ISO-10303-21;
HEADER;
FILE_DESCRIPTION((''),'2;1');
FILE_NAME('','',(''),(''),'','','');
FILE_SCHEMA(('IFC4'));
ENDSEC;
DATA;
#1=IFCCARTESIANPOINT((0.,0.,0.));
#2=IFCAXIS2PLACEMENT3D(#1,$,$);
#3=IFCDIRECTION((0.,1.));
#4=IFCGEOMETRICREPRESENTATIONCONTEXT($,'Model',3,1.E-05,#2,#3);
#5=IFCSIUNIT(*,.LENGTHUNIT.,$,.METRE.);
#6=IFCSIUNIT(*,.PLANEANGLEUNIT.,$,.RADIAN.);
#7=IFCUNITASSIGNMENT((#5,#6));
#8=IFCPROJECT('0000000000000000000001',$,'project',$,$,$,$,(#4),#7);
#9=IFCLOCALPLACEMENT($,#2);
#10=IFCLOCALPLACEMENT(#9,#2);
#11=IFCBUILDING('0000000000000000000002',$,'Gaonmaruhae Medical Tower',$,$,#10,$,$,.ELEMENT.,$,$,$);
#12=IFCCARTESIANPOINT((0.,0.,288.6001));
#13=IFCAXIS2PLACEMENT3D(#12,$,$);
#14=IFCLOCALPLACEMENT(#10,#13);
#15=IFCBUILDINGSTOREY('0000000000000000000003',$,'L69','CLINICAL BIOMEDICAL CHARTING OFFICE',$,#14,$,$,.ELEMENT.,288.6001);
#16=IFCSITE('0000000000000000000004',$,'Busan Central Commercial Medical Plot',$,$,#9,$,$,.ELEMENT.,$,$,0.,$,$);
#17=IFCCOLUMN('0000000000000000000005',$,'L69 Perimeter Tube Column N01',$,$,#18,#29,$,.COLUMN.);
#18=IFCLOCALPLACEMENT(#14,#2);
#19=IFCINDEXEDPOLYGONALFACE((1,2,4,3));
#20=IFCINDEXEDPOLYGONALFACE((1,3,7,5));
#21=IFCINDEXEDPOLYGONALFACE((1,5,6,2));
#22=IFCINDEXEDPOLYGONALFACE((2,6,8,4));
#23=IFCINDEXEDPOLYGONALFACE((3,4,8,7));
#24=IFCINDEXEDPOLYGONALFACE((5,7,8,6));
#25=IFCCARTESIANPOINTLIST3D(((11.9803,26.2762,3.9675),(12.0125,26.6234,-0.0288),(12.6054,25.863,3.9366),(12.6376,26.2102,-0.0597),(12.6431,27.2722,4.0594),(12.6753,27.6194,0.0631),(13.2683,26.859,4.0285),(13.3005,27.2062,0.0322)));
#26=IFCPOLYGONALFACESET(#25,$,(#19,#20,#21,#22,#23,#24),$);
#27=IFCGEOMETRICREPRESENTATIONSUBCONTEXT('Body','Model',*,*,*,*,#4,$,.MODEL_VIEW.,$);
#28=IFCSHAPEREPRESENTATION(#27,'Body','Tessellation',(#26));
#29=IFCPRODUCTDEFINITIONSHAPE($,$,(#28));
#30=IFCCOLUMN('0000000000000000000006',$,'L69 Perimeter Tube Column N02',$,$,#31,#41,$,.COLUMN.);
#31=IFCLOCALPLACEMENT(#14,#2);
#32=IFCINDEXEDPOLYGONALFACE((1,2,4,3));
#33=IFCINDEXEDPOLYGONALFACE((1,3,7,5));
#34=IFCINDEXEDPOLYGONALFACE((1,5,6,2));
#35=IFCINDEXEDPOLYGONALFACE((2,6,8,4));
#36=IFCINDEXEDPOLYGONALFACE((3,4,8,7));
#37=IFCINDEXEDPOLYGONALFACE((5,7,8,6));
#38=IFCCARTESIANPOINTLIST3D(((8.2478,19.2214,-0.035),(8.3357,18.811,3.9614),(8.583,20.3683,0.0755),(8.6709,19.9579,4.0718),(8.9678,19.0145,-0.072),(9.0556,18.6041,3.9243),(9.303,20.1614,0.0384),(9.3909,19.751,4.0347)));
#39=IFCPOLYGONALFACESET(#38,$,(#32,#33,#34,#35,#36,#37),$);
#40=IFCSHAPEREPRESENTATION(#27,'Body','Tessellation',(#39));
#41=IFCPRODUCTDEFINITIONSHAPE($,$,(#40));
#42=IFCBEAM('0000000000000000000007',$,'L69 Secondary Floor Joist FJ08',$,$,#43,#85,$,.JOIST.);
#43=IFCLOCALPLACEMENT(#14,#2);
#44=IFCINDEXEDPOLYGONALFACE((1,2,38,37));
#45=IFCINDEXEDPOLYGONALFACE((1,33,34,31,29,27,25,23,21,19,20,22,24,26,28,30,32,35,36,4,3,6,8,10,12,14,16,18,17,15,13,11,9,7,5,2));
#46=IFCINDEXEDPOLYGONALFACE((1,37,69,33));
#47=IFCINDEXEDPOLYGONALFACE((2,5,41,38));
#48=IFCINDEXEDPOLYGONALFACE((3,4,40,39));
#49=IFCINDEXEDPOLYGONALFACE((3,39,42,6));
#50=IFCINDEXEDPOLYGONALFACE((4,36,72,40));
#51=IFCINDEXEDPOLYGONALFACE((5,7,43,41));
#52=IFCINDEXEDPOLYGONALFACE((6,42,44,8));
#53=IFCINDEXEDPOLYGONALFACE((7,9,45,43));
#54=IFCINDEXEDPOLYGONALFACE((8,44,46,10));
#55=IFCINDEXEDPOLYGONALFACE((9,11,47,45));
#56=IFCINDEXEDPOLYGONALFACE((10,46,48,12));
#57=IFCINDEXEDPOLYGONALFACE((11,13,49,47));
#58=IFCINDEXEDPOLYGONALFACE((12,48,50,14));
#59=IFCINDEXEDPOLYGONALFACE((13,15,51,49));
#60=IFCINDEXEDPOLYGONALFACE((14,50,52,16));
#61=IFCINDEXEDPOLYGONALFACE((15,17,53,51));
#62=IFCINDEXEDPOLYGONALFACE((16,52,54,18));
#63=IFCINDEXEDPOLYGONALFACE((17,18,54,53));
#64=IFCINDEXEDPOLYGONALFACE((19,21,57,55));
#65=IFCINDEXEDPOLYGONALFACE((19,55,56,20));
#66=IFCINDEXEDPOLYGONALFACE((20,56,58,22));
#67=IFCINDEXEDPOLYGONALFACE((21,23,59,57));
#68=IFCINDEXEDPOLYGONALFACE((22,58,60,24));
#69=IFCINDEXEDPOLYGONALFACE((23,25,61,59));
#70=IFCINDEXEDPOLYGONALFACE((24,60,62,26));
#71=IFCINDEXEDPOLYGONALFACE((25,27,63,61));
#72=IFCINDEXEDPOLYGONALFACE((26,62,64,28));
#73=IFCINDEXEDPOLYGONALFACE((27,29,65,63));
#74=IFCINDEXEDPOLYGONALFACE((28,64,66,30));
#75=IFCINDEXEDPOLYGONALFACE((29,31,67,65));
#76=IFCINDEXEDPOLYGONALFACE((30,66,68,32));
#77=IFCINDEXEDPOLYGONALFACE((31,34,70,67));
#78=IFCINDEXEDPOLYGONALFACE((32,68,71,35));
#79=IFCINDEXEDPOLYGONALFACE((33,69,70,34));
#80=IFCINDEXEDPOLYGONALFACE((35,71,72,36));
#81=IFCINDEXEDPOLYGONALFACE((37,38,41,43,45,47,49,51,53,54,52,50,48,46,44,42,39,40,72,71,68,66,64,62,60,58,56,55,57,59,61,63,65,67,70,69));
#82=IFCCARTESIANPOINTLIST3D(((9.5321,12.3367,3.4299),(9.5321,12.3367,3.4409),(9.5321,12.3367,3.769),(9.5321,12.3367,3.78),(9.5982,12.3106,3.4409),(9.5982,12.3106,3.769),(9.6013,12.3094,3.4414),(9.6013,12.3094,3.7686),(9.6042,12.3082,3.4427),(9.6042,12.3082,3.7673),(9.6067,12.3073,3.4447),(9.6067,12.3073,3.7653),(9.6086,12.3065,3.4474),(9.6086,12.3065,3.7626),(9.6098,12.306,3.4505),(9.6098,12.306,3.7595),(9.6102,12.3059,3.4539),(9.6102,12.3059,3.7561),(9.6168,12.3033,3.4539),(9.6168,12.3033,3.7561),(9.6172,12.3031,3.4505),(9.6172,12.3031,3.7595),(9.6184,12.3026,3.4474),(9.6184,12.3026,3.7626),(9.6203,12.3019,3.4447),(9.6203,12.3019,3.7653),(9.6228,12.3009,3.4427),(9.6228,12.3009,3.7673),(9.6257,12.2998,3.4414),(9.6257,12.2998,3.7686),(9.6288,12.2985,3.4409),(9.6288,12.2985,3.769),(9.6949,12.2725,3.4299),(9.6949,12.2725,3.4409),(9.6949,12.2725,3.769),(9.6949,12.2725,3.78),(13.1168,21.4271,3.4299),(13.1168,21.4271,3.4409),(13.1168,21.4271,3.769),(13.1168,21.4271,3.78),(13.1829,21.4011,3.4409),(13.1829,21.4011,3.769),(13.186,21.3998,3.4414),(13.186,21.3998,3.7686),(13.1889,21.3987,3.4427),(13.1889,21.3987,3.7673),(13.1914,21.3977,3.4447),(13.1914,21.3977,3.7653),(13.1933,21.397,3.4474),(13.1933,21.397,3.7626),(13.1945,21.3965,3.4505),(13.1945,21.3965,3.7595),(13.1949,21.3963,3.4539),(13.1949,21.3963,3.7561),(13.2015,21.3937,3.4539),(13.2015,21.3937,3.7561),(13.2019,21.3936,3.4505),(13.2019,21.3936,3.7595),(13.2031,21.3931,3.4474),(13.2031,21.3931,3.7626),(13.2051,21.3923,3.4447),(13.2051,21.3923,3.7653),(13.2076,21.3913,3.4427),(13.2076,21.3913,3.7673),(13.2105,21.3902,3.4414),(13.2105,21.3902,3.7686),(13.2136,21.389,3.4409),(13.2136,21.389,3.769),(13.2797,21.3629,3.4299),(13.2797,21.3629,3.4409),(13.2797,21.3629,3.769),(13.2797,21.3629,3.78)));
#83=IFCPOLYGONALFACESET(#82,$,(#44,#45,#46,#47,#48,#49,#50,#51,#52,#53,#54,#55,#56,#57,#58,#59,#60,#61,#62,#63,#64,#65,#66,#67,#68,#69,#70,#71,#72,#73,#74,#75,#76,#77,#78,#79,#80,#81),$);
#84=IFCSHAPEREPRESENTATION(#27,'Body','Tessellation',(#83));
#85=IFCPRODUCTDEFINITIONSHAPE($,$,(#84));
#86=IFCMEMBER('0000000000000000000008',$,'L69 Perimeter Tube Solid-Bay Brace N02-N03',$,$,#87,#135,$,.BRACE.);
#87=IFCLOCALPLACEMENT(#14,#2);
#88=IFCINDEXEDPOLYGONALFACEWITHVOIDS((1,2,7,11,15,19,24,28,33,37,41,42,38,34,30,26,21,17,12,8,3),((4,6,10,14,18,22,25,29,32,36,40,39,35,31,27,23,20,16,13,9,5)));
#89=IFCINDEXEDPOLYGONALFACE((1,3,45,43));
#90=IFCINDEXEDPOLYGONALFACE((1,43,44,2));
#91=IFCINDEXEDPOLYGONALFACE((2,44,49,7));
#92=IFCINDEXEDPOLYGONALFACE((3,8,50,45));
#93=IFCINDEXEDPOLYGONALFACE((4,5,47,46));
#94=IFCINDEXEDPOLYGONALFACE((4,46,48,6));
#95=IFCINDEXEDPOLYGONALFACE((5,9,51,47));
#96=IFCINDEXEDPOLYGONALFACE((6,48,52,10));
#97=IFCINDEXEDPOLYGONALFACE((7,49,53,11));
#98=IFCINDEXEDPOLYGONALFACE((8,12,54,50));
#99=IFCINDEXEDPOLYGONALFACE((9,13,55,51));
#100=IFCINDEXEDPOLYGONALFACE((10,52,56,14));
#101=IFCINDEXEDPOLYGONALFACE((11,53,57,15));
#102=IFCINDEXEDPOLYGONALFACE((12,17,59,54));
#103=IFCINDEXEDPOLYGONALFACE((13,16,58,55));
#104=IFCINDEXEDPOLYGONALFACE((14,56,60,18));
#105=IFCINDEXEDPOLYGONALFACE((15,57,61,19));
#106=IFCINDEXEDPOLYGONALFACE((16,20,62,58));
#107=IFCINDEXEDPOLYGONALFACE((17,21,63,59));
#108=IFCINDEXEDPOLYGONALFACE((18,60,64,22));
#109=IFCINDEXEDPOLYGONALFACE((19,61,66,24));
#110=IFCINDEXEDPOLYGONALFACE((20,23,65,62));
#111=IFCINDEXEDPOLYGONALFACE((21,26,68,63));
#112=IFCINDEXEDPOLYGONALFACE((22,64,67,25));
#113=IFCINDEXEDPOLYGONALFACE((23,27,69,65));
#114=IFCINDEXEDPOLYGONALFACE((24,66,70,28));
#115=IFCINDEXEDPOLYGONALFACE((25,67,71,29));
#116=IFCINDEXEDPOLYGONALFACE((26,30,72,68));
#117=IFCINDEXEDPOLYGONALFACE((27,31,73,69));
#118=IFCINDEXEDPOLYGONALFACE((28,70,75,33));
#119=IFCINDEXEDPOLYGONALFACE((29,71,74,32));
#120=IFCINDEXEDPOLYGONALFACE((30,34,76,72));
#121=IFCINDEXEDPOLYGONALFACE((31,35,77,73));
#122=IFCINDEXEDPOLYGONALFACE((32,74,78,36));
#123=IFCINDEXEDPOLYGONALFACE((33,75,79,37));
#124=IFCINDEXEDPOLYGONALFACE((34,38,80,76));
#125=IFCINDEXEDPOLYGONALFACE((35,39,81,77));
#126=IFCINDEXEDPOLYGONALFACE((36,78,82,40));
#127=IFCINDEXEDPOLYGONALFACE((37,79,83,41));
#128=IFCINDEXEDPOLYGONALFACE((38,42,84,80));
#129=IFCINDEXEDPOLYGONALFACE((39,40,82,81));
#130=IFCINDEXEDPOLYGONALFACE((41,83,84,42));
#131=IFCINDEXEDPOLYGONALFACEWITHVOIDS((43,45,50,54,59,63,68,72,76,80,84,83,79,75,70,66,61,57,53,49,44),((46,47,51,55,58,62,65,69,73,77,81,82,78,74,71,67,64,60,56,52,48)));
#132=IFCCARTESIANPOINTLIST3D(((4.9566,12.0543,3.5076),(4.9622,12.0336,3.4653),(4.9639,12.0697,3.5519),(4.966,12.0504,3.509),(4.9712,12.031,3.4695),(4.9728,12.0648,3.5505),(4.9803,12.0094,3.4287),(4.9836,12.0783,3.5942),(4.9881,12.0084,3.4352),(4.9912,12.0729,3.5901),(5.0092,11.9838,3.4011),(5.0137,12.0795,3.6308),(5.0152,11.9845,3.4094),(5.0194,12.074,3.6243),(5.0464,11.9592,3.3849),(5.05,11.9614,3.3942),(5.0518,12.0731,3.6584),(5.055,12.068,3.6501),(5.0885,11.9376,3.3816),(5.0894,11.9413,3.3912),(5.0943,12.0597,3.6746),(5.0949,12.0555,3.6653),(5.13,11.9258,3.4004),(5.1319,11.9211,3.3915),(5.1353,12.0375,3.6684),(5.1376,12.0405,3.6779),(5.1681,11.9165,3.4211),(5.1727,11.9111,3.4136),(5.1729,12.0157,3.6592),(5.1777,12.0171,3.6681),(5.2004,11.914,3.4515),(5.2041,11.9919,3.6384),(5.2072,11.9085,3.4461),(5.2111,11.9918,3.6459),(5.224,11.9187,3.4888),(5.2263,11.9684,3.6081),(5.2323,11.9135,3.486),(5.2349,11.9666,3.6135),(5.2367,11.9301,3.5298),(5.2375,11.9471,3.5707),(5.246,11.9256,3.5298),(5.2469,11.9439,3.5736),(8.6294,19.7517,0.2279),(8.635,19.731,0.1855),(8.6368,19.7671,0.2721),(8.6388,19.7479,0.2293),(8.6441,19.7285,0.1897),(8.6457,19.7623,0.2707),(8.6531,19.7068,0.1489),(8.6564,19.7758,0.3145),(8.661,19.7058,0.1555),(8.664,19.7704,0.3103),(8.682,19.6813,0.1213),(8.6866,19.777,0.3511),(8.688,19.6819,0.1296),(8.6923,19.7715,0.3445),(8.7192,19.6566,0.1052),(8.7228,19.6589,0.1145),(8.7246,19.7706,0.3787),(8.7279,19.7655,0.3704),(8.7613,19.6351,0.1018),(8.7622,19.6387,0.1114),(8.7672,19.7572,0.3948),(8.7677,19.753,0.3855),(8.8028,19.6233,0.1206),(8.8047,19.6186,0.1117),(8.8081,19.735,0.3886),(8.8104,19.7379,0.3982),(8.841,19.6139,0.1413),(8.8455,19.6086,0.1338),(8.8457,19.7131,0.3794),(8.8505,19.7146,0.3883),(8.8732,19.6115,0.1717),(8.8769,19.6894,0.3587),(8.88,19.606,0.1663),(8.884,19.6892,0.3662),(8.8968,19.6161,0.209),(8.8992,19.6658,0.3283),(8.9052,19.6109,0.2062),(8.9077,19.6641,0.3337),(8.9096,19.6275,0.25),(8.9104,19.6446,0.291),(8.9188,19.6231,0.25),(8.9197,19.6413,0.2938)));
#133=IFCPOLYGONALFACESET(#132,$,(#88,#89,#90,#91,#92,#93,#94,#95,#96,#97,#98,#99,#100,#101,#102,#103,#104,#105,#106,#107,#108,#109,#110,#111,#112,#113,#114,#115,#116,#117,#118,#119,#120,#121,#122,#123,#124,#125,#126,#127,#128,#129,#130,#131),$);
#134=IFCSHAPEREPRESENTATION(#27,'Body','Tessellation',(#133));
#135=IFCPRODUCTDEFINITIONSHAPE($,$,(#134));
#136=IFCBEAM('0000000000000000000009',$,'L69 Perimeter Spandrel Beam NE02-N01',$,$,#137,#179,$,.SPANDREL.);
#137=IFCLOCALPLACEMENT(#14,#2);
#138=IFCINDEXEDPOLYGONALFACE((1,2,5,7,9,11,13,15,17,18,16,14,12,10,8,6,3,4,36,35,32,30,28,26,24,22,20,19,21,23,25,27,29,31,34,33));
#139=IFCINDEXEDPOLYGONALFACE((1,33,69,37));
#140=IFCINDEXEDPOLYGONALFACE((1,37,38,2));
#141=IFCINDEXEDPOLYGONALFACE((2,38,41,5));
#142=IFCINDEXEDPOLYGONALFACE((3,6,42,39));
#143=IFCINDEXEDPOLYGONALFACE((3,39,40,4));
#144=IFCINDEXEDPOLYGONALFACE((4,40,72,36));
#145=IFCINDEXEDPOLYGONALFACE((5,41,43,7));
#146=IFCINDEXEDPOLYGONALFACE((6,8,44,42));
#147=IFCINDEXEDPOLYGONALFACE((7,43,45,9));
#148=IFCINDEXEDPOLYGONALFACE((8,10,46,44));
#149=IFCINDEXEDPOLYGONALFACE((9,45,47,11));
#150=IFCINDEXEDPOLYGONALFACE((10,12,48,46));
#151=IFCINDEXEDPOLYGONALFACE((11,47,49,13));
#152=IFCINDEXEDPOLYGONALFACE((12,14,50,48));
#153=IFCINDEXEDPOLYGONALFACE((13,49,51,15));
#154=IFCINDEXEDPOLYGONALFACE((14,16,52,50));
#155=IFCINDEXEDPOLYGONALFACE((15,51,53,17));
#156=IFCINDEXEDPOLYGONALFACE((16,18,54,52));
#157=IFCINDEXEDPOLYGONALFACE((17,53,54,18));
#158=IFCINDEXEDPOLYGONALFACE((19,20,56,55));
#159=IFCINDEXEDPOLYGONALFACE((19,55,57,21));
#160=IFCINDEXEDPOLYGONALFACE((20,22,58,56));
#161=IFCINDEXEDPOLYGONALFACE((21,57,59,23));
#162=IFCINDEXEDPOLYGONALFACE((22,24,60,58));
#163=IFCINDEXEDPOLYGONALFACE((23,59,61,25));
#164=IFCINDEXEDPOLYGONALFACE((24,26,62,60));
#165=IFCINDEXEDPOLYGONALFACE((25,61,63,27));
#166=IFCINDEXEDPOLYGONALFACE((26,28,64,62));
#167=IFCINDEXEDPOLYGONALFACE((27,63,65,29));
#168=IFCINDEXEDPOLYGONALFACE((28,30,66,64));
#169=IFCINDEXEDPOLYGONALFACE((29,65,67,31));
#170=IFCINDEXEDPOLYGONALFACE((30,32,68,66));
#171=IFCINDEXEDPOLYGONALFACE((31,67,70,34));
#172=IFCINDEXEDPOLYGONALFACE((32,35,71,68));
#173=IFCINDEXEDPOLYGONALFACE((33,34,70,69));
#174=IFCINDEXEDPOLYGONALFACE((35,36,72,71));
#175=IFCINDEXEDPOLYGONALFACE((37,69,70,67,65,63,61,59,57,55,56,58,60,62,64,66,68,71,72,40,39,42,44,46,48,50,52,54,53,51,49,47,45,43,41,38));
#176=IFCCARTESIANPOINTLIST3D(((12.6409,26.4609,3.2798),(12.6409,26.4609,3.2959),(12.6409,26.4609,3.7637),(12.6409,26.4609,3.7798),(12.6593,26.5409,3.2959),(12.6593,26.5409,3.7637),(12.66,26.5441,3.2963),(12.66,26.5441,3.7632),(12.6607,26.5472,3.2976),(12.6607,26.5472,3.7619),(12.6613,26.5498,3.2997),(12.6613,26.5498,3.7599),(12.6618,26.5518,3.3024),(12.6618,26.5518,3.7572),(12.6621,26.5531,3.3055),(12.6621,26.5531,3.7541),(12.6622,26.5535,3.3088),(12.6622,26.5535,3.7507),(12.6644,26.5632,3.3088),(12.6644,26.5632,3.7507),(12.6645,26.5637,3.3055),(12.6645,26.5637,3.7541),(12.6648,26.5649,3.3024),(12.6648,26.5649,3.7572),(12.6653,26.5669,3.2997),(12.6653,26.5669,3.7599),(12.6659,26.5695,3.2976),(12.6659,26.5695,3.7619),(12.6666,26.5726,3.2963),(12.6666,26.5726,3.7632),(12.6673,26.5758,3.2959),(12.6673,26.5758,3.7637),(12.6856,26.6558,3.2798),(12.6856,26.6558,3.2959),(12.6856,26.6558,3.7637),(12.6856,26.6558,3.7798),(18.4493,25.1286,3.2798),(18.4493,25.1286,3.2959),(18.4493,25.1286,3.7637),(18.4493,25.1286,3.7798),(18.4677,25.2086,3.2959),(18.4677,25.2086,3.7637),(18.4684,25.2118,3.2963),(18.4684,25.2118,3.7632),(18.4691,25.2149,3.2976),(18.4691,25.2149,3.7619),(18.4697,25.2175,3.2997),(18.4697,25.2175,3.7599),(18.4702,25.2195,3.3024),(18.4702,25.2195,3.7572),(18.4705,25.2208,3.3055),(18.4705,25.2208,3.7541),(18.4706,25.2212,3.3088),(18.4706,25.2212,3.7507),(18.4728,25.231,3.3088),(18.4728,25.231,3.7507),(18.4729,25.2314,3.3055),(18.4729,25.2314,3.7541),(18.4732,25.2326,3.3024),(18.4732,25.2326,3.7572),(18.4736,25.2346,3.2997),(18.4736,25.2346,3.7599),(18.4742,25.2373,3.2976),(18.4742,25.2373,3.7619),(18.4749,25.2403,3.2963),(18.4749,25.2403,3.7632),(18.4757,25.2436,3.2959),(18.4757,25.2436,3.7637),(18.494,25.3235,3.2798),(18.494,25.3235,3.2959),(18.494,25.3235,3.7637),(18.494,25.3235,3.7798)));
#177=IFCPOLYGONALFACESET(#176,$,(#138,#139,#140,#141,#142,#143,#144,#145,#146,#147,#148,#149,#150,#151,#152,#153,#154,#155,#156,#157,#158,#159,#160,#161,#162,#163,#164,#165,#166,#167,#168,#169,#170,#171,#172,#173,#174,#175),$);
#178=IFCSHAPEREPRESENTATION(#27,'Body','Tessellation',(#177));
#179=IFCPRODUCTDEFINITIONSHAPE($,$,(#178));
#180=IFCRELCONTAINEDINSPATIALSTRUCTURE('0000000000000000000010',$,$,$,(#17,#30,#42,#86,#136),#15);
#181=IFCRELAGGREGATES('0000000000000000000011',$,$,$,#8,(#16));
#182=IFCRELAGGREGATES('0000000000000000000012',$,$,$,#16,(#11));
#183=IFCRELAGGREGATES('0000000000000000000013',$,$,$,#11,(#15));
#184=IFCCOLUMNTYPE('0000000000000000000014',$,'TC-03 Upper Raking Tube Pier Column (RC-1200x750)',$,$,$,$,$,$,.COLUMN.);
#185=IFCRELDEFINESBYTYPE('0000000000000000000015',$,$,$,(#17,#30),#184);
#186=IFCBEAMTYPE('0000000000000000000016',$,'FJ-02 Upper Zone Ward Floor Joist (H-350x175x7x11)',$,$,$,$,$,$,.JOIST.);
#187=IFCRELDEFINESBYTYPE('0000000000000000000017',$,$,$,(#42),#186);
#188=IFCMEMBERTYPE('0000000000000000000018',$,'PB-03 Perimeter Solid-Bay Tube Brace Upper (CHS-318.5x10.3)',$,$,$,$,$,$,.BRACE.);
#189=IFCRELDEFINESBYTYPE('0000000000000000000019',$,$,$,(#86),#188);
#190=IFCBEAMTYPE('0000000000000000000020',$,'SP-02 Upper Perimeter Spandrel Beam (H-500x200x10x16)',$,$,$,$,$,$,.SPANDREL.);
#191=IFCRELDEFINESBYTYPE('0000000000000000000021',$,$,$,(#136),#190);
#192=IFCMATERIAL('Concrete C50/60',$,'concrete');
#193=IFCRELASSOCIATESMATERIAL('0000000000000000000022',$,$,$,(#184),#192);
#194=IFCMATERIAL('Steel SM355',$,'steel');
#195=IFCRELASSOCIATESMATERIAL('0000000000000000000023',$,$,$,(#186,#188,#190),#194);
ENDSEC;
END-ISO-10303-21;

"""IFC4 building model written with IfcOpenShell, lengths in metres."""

from ifc_helpers import new_model, si_unit, direction, frame, origin, origin_2d, place, context, subcontext, project, spatial, rectangle, hollow_circle, i_section, extrude, material, material_profile, profile_set, type_object, element, save


model = new_model("IFC4")

# Units and contexts
model_context = context("Model", 3, precision=1e-05, world=origin(), true_north=direction((0.0, 1.0)))
body_context = subcontext(model_context, "Body", "Model", "MODEL_VIEW")
ifc_project = project(units=[si_unit("LENGTHUNIT", "METRE"), si_unit("PLANEANGLEUNIT", "RADIAN")], contexts=[model_context])

# Site, building, storey
site_placement = place(None, origin())
site = spatial("IfcSite", under=ifc_project, at=site_placement, Name="Busan Central Commercial Medical Plot", CompositionType="ELEMENT", RefElevation=0.0)
building_placement = place(site_placement, origin())
building = spatial("IfcBuilding", under=site, at=building_placement, Name="Gaonmaruhae Medical Tower", CompositionType="ELEMENT")
storey_placement = place(building_placement, frame((0.0, 0.0, 288.6001)))
storey = spatial("IfcBuildingStorey", under=building, at=storey_placement, Name="L69", Description="CLINICAL BIOMEDICAL CHARTING OFFICE", CompositionType="ELEMENT", Elevation=288.6001)

# Columns
ifc_material_1 = material(Name="Concrete C50/60", Category="concrete")
ifc_material_profile_1 = material_profile(ifc_material_1, rectangle(XDim=1.2, YDim=0.75, at=origin_2d()), Name="RC-1200x750")
ifc_profile_set_1 = profile_set([ifc_material_profile_1], Name="Concrete C50/60")
column_type = type_object("IfcColumnType", Name="TC-03 Upper Raking Tube Pier Column (RC-1200x750)", PredefinedType="COLUMN", material=ifc_profile_set_1)
column_1_placement = place(storey_placement, frame((12.6565, 26.9148, 0.0017), z_axis=(-0.008034, -0.086543, 0.996216), x_axis=(0.552406, 0.830052, 0.076562)))
element("IfcColumn", 1, at=column_1_placement, inside=storey, type_object=column_type, Name="L69 Perimeter Tube Column N01", PredefinedType="COLUMN", context=body_context, shape_type="SweptSolid", body=[
    extrude(rectangle(XDim=1.2, YDim=0.75, at=origin_2d()), origin(), (0.0, 0.0, 1.0), 4.0115),
])
column_2_placement = place(storey_placement, frame((8.7754, 19.6914, 0.0017), z_axis=(0.021872, -0.102132, 0.99453), x_axis=(0.279367, 0.955766, 0.092007)))
element("IfcColumn", 2, at=column_2_placement, inside=storey, type_object=column_type, Name="L69 Perimeter Tube Column N02", PredefinedType="COLUMN", context=body_context, shape_type="SweptSolid", body=[
    extrude(rectangle(XDim=1.2, YDim=0.75, at=origin_2d()), origin(), (0.0, 0.0, 1.0), 4.0183),
])

# Beam
ifc_material_2 = material(Name="Steel SM355", Category="steel")
ifc_material_profile_2 = material_profile(ifc_material_2, i_section(OverallWidth=0.175, OverallDepth=0.3501, WebThickness=0.0071, FlangeThickness=0.011, FilletRadius=0.0129, at=origin_2d()), Name="H-350x175x7x11")
ifc_profile_set_2 = profile_set([ifc_material_profile_2], Name="Steel SM355")
beam_type_1 = type_object("IfcBeamType", Name="FJ-02 Upper Zone Ward Floor Joist (H-350x175x7x11)", PredefinedType="JOIST", material=ifc_profile_set_2)
beam_1_placement = place(storey_placement, frame((13.1982, 21.395, 3.605), z_axis=(-0.36685, -0.93028, 0.0), x_axis=(0.93028, -0.36685, 0.0)))
element("IfcBeam", 3, at=beam_1_placement, inside=storey, type_object=beam_type_1, Name="L69 Secondary Floor Joist FJ08", PredefinedType="JOIST", context=body_context, shape_type="SweptSolid", body=[
    extrude(i_section(OverallWidth=0.175, OverallDepth=0.3501, WebThickness=0.0071, FlangeThickness=0.011, FilletRadius=0.0129, at=origin_2d()), origin(), (0.0, 0.0, 1.0), 9.7717),
])

# Member
ifc_material_profile_3 = material_profile(ifc_material_2, hollow_circle(Radius=0.1592, WallThickness=0.0103, at=origin_2d()), Name="CHS-318.5x10.3")
ifc_profile_set_3 = profile_set([ifc_material_profile_3], Name="Steel SM355")
member_type = type_object("IfcMemberType", Name="PB-03 Perimeter Solid-Bay Tube Brace Upper (CHS-318.5x10.3)", PredefinedType="BRACE", material=ifc_profile_set_3)
member_placement = place(storey_placement, frame((8.7751, 19.6917, 0.25), z_axis=(-0.401943, -0.842386, 0.358927), x_axis=(0.902525, -0.430638, 0.0)))
element("IfcMember", 4, at=member_placement, inside=storey, type_object=member_type, Name="L69 Perimeter Tube Solid-Bay Brace N02-N03", PredefinedType="BRACE", context=body_context, shape_type="SweptSolid", body=[
    extrude(hollow_circle(Radius=0.1592, WallThickness=0.0103, at=origin_2d()), origin(), (0.0, 0.0, 1.0), 9.1377),
])

# Beam
ifc_material_profile_4 = material_profile(ifc_material_2, i_section(OverallWidth=0.2, OverallDepth=0.5, WebThickness=0.01, FlangeThickness=0.0161, FilletRadius=0.0129, at=origin_2d()), Name="H-500x200x10x16")
ifc_profile_set_4 = profile_set([ifc_material_profile_4], Name="Steel SM355")
beam_type_2 = type_object("IfcBeamType", Name="SP-02 Upper Perimeter Spandrel Beam (H-500x200x10x16)", PredefinedType="SPANDREL", material=ifc_profile_set_4)
beam_2_placement = place(storey_placement, frame((18.4717, 25.2261, 3.5298), z_axis=(-0.974689, 0.223567, 0.0), x_axis=(-0.223567, -0.974689, 0.0)))
element("IfcBeam", 5, at=beam_2_placement, inside=storey, type_object=beam_type_2, Name="L69 Perimeter Spandrel Beam NE02-N01", PredefinedType="SPANDREL", context=body_context, shape_type="SweptSolid", body=[
    extrude(i_section(OverallWidth=0.2, OverallDepth=0.5, WebThickness=0.01, FlangeThickness=0.0161, FilletRadius=0.0129, at=origin_2d()), origin(), (0.0, 0.0, 1.0), 5.9592),
])

save(model, "model.ifc")
